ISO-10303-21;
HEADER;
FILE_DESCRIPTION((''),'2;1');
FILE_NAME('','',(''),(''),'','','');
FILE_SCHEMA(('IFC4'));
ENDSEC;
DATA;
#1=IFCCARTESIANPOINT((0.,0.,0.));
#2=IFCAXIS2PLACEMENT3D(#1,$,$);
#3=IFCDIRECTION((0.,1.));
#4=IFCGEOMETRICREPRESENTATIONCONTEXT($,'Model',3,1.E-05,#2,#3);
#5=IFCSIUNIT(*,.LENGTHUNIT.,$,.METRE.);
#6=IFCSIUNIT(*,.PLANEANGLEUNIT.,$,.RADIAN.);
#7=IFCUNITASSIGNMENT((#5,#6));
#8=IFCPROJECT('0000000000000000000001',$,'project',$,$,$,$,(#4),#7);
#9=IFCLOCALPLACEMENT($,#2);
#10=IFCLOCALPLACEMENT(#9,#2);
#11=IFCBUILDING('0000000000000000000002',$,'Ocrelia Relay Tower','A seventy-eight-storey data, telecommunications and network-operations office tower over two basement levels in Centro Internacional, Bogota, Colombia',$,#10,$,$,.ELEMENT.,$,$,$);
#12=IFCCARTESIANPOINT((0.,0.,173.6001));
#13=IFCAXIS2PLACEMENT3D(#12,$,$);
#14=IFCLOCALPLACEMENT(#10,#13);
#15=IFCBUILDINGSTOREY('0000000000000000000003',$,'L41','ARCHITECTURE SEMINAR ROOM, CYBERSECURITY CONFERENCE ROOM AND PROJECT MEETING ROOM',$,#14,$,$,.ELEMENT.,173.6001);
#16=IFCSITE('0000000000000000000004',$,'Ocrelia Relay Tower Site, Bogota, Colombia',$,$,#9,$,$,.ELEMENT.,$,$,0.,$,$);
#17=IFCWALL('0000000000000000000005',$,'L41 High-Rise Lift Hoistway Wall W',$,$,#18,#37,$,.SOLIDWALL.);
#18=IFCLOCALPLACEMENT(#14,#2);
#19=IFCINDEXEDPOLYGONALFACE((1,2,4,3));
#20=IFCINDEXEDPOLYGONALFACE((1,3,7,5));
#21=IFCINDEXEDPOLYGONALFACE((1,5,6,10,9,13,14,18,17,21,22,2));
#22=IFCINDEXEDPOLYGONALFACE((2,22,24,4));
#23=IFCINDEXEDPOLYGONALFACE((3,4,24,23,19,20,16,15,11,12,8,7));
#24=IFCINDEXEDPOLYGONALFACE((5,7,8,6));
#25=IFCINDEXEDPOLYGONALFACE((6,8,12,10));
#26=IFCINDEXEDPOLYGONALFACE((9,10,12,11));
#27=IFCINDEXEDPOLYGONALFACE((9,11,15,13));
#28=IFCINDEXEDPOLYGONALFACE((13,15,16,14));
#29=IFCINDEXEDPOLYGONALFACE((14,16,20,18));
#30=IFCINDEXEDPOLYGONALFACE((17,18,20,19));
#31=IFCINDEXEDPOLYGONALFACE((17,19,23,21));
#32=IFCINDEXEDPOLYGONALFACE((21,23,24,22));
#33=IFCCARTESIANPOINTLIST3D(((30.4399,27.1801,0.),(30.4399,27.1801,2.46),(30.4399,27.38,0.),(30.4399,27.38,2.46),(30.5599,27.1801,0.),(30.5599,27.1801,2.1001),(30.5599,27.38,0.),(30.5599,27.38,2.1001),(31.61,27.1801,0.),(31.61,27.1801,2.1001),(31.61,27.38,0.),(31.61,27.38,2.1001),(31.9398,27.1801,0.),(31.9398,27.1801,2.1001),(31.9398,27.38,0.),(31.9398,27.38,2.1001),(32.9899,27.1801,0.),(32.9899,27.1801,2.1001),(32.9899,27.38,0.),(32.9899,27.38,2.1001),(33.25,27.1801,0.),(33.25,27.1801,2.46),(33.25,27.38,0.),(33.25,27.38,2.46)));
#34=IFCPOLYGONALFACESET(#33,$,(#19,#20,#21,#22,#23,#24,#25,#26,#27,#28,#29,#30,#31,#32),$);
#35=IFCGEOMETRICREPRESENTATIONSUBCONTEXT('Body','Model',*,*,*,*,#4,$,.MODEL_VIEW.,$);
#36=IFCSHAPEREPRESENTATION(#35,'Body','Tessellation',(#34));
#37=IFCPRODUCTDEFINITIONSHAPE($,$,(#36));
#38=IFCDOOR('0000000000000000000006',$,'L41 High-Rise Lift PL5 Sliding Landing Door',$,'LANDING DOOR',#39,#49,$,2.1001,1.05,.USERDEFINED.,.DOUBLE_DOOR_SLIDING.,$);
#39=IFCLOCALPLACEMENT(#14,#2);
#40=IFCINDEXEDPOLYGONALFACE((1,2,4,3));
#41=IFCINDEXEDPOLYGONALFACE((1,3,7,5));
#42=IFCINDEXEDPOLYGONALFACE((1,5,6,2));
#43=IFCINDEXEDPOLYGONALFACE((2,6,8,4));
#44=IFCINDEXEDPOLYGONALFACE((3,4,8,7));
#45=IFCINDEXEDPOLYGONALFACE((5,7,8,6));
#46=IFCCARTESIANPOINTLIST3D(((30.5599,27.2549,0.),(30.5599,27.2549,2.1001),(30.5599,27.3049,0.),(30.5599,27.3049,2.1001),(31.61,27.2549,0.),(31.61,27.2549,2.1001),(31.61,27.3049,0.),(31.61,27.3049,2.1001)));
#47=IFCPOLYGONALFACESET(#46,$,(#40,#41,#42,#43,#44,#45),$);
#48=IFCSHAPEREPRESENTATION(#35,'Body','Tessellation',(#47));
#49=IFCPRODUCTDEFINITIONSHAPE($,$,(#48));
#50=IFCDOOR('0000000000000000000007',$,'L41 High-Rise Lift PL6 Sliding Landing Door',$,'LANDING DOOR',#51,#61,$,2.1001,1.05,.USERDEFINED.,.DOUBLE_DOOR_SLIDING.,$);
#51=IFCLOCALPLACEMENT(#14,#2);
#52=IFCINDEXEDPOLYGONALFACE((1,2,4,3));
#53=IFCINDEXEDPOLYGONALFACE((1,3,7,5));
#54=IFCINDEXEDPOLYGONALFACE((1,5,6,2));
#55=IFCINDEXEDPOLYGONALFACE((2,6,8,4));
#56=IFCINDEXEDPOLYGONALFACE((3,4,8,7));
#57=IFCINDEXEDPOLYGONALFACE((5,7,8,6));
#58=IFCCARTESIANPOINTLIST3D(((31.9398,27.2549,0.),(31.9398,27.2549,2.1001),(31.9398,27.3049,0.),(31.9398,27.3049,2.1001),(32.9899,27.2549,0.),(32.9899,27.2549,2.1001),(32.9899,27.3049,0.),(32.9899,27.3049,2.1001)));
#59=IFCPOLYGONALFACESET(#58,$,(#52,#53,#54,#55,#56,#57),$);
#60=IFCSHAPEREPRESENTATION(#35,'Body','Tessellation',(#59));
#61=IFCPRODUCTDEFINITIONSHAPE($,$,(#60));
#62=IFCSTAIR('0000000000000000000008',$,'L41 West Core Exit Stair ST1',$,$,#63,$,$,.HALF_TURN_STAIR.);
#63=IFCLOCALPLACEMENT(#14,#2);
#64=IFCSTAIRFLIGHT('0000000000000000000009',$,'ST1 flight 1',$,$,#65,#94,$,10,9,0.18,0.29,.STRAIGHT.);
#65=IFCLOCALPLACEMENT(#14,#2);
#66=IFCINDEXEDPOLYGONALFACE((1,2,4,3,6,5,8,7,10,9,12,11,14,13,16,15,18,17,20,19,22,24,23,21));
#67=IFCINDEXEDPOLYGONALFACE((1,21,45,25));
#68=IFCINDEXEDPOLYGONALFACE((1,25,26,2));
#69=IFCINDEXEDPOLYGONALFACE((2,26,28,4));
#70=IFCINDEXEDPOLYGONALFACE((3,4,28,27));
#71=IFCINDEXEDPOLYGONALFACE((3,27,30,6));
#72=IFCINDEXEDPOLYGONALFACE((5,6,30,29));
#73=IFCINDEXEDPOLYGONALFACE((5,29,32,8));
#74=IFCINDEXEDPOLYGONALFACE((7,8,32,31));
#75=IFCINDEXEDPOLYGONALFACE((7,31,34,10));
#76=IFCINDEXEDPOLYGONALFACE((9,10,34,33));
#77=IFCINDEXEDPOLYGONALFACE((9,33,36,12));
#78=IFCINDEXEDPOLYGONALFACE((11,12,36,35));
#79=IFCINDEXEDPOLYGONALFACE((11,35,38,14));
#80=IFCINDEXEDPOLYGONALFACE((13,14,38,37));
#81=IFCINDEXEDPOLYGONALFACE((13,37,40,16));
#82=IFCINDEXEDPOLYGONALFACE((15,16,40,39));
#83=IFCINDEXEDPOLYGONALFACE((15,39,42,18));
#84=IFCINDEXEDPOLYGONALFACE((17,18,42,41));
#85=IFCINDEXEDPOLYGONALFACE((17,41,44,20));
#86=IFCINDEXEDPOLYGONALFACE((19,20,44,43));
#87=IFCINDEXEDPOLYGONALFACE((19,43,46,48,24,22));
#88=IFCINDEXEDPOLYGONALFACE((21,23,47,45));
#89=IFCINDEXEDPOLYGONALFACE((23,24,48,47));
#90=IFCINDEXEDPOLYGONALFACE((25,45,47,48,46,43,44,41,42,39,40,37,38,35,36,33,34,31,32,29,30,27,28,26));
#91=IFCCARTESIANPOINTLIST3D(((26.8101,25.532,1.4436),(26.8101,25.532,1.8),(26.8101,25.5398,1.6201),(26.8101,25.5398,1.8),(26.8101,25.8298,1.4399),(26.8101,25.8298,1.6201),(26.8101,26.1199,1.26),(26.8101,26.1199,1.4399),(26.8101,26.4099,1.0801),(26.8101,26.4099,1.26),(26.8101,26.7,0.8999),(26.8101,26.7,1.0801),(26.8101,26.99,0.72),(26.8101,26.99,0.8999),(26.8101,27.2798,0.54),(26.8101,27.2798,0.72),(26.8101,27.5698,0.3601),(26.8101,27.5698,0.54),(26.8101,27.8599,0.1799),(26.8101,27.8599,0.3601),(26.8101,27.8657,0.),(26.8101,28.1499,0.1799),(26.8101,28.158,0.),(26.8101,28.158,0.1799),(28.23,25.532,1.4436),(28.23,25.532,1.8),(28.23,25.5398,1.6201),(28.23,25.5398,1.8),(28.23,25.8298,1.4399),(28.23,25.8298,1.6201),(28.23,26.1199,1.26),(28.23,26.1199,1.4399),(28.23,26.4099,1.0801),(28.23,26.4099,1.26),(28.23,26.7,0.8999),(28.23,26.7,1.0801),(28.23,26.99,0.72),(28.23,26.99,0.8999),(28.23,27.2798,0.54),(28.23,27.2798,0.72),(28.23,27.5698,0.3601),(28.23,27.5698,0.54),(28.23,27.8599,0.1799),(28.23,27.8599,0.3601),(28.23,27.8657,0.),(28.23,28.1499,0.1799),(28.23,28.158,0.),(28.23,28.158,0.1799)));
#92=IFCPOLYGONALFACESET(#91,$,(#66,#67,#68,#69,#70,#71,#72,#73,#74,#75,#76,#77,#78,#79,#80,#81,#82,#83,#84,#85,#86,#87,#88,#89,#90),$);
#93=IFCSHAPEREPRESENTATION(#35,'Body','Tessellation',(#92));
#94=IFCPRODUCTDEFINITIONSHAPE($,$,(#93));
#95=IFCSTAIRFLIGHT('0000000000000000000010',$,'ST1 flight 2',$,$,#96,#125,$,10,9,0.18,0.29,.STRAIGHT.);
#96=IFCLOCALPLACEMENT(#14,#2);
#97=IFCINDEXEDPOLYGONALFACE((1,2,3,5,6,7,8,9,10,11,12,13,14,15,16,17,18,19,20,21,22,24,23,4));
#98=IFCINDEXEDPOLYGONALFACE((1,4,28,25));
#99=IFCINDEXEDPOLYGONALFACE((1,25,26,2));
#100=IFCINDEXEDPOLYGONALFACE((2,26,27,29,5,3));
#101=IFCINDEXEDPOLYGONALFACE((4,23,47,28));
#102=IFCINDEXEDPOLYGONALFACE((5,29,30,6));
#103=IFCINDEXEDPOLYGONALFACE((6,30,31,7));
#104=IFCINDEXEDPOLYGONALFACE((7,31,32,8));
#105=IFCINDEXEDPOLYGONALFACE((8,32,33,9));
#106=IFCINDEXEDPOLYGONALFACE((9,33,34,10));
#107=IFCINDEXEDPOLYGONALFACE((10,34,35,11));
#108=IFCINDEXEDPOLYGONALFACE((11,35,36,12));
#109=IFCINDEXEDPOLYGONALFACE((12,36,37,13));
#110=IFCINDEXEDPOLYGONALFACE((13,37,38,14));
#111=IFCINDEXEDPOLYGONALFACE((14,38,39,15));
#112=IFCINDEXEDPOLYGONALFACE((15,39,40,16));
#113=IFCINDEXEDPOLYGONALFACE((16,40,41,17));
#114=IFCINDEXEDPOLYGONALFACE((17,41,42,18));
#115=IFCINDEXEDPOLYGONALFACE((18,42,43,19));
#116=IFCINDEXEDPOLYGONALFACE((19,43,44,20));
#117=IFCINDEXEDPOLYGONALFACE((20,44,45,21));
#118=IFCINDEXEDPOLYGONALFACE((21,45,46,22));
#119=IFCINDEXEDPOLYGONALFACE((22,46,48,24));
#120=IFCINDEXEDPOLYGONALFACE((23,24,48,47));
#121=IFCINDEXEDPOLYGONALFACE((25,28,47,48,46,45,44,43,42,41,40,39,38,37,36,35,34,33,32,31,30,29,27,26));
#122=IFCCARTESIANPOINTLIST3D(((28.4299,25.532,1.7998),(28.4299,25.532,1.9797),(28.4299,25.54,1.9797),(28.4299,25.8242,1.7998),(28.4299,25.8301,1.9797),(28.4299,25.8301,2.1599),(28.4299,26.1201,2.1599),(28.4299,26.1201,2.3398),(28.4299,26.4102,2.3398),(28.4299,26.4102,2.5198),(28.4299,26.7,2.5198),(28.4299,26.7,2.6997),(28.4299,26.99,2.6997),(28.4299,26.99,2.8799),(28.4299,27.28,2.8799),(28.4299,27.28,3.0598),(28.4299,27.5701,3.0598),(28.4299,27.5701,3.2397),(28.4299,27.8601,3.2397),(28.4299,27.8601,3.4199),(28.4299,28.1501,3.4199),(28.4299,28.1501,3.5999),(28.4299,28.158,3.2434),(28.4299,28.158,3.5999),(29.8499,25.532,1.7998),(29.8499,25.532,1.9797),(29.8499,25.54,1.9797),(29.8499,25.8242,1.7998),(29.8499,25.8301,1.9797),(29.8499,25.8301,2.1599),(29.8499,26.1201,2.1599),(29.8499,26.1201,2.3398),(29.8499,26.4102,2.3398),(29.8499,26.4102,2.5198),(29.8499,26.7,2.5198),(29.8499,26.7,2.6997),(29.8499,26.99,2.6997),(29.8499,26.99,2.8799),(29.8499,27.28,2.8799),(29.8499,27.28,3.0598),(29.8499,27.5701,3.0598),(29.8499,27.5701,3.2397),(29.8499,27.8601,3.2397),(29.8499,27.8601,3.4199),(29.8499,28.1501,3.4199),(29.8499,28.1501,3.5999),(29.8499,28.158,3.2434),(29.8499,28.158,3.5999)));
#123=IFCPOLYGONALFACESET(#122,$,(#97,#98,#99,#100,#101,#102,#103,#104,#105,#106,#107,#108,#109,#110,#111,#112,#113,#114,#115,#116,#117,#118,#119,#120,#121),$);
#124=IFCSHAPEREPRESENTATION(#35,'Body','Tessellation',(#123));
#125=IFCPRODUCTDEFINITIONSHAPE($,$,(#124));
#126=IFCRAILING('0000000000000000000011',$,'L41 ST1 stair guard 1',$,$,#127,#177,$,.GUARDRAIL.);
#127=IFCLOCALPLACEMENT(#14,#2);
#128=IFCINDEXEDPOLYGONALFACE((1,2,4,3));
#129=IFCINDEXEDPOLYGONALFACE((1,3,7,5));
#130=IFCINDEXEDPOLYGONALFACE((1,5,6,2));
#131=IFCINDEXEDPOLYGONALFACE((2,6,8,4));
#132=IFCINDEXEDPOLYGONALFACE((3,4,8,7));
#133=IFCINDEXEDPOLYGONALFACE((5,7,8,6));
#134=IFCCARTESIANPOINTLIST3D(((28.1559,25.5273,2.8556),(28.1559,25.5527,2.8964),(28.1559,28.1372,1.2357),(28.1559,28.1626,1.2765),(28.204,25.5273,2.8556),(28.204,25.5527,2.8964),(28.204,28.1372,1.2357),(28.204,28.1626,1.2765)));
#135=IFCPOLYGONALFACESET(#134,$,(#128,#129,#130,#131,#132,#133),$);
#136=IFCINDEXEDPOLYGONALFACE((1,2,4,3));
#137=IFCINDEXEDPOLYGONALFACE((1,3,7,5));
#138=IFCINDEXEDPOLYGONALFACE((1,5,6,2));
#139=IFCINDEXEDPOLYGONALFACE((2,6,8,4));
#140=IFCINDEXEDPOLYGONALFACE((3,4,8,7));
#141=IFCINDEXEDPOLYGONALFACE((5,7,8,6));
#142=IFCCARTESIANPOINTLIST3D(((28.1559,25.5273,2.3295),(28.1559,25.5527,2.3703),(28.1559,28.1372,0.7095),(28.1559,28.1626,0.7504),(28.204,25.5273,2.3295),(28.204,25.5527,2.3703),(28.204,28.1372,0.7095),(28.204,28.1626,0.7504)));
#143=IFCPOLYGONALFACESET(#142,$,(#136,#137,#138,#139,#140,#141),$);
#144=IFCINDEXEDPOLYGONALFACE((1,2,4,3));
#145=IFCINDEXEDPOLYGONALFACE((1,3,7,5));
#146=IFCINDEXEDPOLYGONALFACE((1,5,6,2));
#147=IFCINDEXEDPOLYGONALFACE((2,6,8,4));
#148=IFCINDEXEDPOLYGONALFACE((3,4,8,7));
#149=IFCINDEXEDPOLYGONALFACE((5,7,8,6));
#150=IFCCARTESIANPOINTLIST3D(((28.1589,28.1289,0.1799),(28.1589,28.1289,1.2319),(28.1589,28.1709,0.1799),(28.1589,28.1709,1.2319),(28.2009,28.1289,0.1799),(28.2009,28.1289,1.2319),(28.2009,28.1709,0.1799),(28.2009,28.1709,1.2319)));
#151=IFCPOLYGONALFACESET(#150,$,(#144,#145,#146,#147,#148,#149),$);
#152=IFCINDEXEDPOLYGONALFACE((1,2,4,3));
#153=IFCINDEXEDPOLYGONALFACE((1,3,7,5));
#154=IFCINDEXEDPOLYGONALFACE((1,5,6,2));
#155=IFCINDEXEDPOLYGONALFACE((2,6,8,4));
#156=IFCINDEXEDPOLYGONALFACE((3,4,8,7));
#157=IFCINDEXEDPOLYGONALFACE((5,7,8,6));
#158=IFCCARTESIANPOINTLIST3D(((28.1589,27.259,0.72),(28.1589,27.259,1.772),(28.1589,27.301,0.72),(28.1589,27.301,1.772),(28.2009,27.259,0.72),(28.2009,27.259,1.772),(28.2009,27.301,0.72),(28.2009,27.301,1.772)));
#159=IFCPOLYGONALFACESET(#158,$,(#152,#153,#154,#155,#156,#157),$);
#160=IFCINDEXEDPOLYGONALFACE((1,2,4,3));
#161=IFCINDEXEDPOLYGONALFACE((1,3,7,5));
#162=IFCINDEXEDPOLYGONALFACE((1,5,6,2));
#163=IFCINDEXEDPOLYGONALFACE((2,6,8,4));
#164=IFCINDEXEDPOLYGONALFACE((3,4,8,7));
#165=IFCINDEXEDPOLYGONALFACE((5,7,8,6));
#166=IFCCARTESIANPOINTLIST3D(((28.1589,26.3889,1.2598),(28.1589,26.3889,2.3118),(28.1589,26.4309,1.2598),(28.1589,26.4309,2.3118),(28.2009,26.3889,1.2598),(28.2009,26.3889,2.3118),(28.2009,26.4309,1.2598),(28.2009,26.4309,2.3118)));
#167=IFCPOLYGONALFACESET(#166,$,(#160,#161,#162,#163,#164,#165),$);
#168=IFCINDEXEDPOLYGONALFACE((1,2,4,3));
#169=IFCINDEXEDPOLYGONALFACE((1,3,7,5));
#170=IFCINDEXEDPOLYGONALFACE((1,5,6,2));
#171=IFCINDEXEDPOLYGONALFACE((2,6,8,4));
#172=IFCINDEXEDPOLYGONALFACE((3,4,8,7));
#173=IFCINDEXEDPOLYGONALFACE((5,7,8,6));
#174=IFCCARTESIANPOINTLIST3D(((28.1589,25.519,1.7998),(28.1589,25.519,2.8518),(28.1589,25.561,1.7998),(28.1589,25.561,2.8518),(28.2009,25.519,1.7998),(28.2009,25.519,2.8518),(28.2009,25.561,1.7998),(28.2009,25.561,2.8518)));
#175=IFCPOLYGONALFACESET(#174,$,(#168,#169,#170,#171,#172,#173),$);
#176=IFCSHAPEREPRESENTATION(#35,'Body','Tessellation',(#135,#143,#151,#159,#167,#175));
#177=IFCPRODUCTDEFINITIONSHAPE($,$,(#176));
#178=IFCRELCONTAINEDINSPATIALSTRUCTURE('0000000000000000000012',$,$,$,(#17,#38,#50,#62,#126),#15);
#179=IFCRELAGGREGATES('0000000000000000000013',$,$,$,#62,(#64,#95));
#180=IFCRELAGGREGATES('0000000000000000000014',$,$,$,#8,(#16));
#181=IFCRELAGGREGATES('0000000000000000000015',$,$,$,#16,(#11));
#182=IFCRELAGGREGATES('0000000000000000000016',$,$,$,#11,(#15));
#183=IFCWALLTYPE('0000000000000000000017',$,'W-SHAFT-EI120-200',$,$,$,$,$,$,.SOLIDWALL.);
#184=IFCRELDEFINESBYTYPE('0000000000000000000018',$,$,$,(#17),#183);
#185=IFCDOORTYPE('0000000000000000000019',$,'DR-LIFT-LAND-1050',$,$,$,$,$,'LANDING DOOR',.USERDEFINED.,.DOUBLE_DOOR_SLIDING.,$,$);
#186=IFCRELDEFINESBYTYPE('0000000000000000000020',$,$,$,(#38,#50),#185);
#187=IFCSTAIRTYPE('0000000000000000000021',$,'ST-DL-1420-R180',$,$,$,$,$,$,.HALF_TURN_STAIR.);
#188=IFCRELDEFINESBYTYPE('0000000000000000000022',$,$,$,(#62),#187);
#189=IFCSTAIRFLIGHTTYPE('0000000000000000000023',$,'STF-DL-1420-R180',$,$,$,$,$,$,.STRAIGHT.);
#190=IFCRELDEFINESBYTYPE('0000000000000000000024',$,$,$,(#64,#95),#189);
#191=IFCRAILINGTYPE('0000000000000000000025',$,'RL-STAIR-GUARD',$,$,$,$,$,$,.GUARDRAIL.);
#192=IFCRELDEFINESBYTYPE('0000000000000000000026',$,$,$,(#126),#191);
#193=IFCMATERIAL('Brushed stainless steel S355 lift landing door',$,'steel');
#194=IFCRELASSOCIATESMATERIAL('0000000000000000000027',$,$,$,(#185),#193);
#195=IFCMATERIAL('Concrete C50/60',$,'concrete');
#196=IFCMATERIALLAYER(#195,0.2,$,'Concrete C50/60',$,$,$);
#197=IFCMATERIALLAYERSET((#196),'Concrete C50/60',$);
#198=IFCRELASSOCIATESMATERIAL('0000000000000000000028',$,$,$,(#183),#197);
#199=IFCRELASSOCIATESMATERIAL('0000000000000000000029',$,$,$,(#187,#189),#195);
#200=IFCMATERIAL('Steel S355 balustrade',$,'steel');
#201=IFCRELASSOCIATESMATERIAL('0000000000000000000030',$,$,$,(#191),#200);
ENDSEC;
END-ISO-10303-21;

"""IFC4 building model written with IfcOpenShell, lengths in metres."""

from ifc_helpers import new_model, si_unit, direction, frame, frame_2d, origin, origin_2d, place, context, subcontext, project, spatial, polyline, rectangle, outline, extrude, material, layer, layer_set, type_object, element, fill, aggregate, save


model = new_model("IFC4")

# Units and contexts
model_context = context("Model", 3, precision=1e-05, world=origin(), true_north=direction((0.0, 1.0)))
body_context = subcontext(model_context, "Body", "Model", "MODEL_VIEW")
ifc_project = project(units=[si_unit("LENGTHUNIT", "METRE"), si_unit("PLANEANGLEUNIT", "RADIAN")], contexts=[model_context])

# Site, building, storey
site_placement = place(None, origin())
site = spatial("IfcSite", under=ifc_project, at=site_placement, Name="Ocrelia Relay Tower Site, Bogota, Colombia", CompositionType="ELEMENT", RefElevation=0.0)
building_placement = place(site_placement, origin())
building = spatial("IfcBuilding", under=site, at=building_placement, Name="Ocrelia Relay Tower", Description="A seventy-eight-storey data, telecommunications and network-operations office tower over two basement levels in Centro Internacional, Bogota, Colombia", CompositionType="ELEMENT")
storey_placement = place(building_placement, frame((0.0, 0.0, 173.6001)))
storey = spatial("IfcBuildingStorey", under=building, at=storey_placement, Name="L41", Description="ARCHITECTURE SEMINAR ROOM, CYBERSECURITY CONFERENCE ROOM AND PROJECT MEETING ROOM", CompositionType="ELEMENT", Elevation=173.6001)

# Shared definitions
ifc_material_1 = material(Name="Concrete C50/60", Category="concrete")

# Shared definitions
ifc_material_2 = material(Name="Brushed stainless steel S355 lift landing door", Category="steel")
door_type_1 = type_object("IfcDoorType", Name="DR-LIFT-LAND-1050", ElementType="LANDING DOOR", OperationType="DOUBLE_DOOR_SLIDING", PredefinedType="USERDEFINED", material=ifc_material_2)

# Shared definitions
ifc_layer_1 = layer(ifc_material_1, 0.2, Name="Concrete C50/60")
ifc_layer_set_1 = layer_set([ifc_layer_1], Name="Concrete C50/60")
wall_type_1 = type_object("IfcWallType", Name="W-SHAFT-EI120-200", PredefinedType="SOLIDWALL", material=ifc_layer_set_1)

# Wall, openings, doors
wall_1_placement = place(storey_placement, frame((30.4399, 27.28, 0.0), z_axis=(0.0, 0.0, 1.0), x_axis=(1.0, 0.0, 0.0)))
wall_1 = element("IfcWall", 1, at=wall_1_placement, inside=storey, type_object=wall_type_1, Name="L41 High-Rise Lift Hoistway Wall W", PredefinedType="SOLIDWALL", context=body_context, shape_type="SweptSolid", body=[
    extrude(rectangle(XDim=2.8101, YDim=0.2, at=frame_2d((1.405, 0.0))), origin(), (0.0, 0.0, 1.0), 2.46),
])
opening_1_placement = place(wall_1_placement, frame((0.1201, 0.0, 0.0)))
opening_1 = element("IfcOpeningElement", 2, at=opening_1_placement, cuts=wall_1, PredefinedType="OPENING", context=body_context, shape_type="SweptSolid", body=[
    extrude(rectangle(XDim=1.05, YDim=2.1001, at=frame_2d((0.5249, 1.05))), frame((0.0, 0.1099, 0.0), z_axis=(0.0, -1.0, 0.0), x_axis=(1.0, 0.0, 0.0)), (0.0, 0.0, 1.0), 0.22),
])
opening_2_placement = place(wall_1_placement, frame((1.5, 0.0, 0.0)))
opening_2 = element("IfcOpeningElement", 3, at=opening_2_placement, cuts=wall_1, PredefinedType="OPENING", context=body_context, shape_type="SweptSolid", body=[
    extrude(rectangle(XDim=1.05, YDim=2.1001, at=frame_2d((0.5249, 1.05))), frame((0.0, 0.1099, 0.0), z_axis=(0.0, -1.0, 0.0), x_axis=(1.0, 0.0, 0.0)), (0.0, 0.0, 1.0), 0.22),
])
door_1_placement = place(opening_1_placement, origin())
door_1 = element("IfcDoor", 4, at=door_1_placement, inside=storey, type_object=door_type_1, Name="L41 High-Rise Lift PL5 Sliding Landing Door", ObjectType="LANDING DOOR", OperationType="DOUBLE_DOOR_SLIDING", OverallHeight=2.1001, OverallWidth=1.05, PredefinedType="USERDEFINED", context=body_context, shape_type="SweptSolid", body=[
    extrude(rectangle(XDim=1.05, YDim=2.1001, at=frame_2d((0.5249, 1.05))), frame((0.0, 0.0249, 0.0), z_axis=(0.0, -1.0, 0.0), x_axis=(1.0, 0.0, 0.0)), (0.0, 0.0, 1.0), 0.05),
])
fill(opening_1, door_1)
door_2_placement = place(opening_2_placement, origin())
door_2 = element("IfcDoor", 5, at=door_2_placement, inside=storey, type_object=door_type_1, Name="L41 High-Rise Lift PL6 Sliding Landing Door", ObjectType="LANDING DOOR", OperationType="DOUBLE_DOOR_SLIDING", OverallHeight=2.1001, OverallWidth=1.05, PredefinedType="USERDEFINED", context=body_context, shape_type="SweptSolid", body=[
    extrude(rectangle(XDim=1.05, YDim=2.1001, at=frame_2d((0.5249, 1.05))), frame((0.0, 0.0249, 0.0), z_axis=(0.0, -1.0, 0.0), x_axis=(1.0, 0.0, 0.0)), (0.0, 0.0, 1.0), 0.05),
])
fill(opening_2, door_2)

# Stair, stair flights
stair_type = type_object("IfcStairType", Name="ST-DL-1420-R180", PredefinedType="HALF_TURN_STAIR", material=ifc_material_1)
stair_placement = place(storey_placement, origin())
stair = element("IfcStair", 6, at=stair_placement, inside=storey, type_object=stair_type, Name="L41 West Core Exit Stair ST1", PredefinedType="HALF_TURN_STAIR")
stair_flight_type = type_object("IfcStairFlightType", Name="STF-DL-1420-R180", PredefinedType="STRAIGHT", material=ifc_material_1)
stair_flight_1_placement = place(storey_placement, frame((27.52, 28.1499, 0.0), z_axis=(0.0, 0.0, 1.0), x_axis=(0.0, -1.0, 0.0)))
stair_flight_1 = element("IfcStairFlight", 7, at=stair_flight_1_placement, type_object=stair_flight_type, Name="ST1 flight 1", NumberOfRisers=10, NumberOfTreads=9, PredefinedType="STRAIGHT", RiserHeight=0.18, TreadLength=0.29, context=body_context, shape_type="SweptSolid", body=[
    extrude(outline(polyline([(-0.0081, 0.0), (-0.0081, 0.1799), (0.0, 0.1799), (0.29, 0.1799), (0.29, 0.3601), (0.5801, 0.3601), (0.5801, 0.54), (0.8701, 0.54), (0.8701, 0.72), (1.1599, 0.72), (1.1599, 0.8999), (1.45, 0.8999), (1.45, 1.0801), (1.74, 1.0801), (1.74, 1.26), (2.03, 1.26), (2.03, 1.4399), (2.3201, 1.4399), (2.3201, 1.6201), (2.6101, 1.6201), (2.6101, 1.8), (2.6179, 1.8), (2.6179, 1.4436), (0.2842, 0.0), (-0.0081, 0.0)])), frame((0.0, 0.71, 0.0), z_axis=(0.0, -1.0, 0.0), x_axis=(1.0, 0.0, 0.0)), (0.0, 0.0, 1.0), 1.4199),
])
stair_flight_2_placement = place(storey_placement, frame((29.1399, 25.54, 1.7998), z_axis=(0.0, 0.0, 1.0), x_axis=(0.0, 1.0, 0.0)))
stair_flight_2 = element("IfcStairFlight", 8, at=stair_flight_2_placement, type_object=stair_flight_type, Name="ST1 flight 2", NumberOfRisers=10, NumberOfTreads=9, PredefinedType="STRAIGHT", RiserHeight=0.18, TreadLength=0.29, context=body_context, shape_type="SweptSolid", body=[
    extrude(outline(polyline([(-0.0081, 0.0), (-0.0081, 0.1799), (0.0, 0.1799), (0.29, 0.1799), (0.29, 0.3601), (0.5801, 0.3601), (0.5801, 0.54), (0.8701, 0.54), (0.8701, 0.72), (1.1599, 0.72), (1.1599, 0.8999), (1.45, 0.8999), (1.45, 1.0801), (1.74, 1.0801), (1.74, 1.26), (2.03, 1.26), (2.03, 1.4399), (2.3201, 1.4399), (2.3201, 1.6201), (2.6101, 1.6201), (2.6101, 1.8), (2.6179, 1.8), (2.6179, 1.4436), (0.2842, 0.0), (-0.0081, 0.0)])), frame((0.0, 0.71, 0.0), z_axis=(0.0, -1.0, 0.0), x_axis=(1.0, 0.0, 0.0)), (0.0, 0.0, 1.0), 1.4199),
])
aggregate(stair, [stair_flight_1, stair_flight_2])

# Railing
ifc_material_3 = material(Name="Steel S355 balustrade", Category="steel")
railing_type_1 = type_object("IfcRailingType", Name="RL-STAIR-GUARD", PredefinedType="GUARDRAIL", material=ifc_material_3)
railing_1_placement = place(storey_placement, frame((28.1799, 28.1499, 0.1799)))
element("IfcRailing", 9, at=railing_1_placement, inside=storey, type_object=railing_type_1, Name="L41 ST1 stair guard 1", PredefinedType="GUARDRAIL", context=body_context, shape_type="SweptSolid", body=[
    extrude(rectangle(XDim=0.0481, YDim=0.0481, at=origin_2d()), frame((0.0, 0.0, 1.0762), z_axis=(0.0, -0.849646, 0.527353), x_axis=(1.0, 0.0, 0.0)), (0.0, 0.0, 1.0), 3.0718),
    extrude(rectangle(XDim=0.0481, YDim=0.0481, at=origin_2d()), frame((0.0, 0.0, 0.55), z_axis=(0.0, -0.849646, 0.527353), x_axis=(1.0, 0.0, 0.0)), (0.0, 0.0, 1.0), 3.0718),
    extrude(rectangle(XDim=0.042, YDim=0.042, at=origin_2d()), origin(), (0.0, 0.0, 1.0), 1.052),
    extrude(rectangle(XDim=0.042, YDim=0.042, at=origin_2d()), frame((0.0, -0.8699, 0.54)), (0.0, 0.0, 1.0), 1.052),
    extrude(rectangle(XDim=0.042, YDim=0.042, at=origin_2d()), frame((0.0, -1.74, 1.0798)), (0.0, 0.0, 1.0), 1.052),
    extrude(rectangle(XDim=0.042, YDim=0.042, at=origin_2d()), frame((0.0, -2.6099, 1.6199)), (0.0, 0.0, 1.0), 1.052),
])

save(model, "model.ifc")
